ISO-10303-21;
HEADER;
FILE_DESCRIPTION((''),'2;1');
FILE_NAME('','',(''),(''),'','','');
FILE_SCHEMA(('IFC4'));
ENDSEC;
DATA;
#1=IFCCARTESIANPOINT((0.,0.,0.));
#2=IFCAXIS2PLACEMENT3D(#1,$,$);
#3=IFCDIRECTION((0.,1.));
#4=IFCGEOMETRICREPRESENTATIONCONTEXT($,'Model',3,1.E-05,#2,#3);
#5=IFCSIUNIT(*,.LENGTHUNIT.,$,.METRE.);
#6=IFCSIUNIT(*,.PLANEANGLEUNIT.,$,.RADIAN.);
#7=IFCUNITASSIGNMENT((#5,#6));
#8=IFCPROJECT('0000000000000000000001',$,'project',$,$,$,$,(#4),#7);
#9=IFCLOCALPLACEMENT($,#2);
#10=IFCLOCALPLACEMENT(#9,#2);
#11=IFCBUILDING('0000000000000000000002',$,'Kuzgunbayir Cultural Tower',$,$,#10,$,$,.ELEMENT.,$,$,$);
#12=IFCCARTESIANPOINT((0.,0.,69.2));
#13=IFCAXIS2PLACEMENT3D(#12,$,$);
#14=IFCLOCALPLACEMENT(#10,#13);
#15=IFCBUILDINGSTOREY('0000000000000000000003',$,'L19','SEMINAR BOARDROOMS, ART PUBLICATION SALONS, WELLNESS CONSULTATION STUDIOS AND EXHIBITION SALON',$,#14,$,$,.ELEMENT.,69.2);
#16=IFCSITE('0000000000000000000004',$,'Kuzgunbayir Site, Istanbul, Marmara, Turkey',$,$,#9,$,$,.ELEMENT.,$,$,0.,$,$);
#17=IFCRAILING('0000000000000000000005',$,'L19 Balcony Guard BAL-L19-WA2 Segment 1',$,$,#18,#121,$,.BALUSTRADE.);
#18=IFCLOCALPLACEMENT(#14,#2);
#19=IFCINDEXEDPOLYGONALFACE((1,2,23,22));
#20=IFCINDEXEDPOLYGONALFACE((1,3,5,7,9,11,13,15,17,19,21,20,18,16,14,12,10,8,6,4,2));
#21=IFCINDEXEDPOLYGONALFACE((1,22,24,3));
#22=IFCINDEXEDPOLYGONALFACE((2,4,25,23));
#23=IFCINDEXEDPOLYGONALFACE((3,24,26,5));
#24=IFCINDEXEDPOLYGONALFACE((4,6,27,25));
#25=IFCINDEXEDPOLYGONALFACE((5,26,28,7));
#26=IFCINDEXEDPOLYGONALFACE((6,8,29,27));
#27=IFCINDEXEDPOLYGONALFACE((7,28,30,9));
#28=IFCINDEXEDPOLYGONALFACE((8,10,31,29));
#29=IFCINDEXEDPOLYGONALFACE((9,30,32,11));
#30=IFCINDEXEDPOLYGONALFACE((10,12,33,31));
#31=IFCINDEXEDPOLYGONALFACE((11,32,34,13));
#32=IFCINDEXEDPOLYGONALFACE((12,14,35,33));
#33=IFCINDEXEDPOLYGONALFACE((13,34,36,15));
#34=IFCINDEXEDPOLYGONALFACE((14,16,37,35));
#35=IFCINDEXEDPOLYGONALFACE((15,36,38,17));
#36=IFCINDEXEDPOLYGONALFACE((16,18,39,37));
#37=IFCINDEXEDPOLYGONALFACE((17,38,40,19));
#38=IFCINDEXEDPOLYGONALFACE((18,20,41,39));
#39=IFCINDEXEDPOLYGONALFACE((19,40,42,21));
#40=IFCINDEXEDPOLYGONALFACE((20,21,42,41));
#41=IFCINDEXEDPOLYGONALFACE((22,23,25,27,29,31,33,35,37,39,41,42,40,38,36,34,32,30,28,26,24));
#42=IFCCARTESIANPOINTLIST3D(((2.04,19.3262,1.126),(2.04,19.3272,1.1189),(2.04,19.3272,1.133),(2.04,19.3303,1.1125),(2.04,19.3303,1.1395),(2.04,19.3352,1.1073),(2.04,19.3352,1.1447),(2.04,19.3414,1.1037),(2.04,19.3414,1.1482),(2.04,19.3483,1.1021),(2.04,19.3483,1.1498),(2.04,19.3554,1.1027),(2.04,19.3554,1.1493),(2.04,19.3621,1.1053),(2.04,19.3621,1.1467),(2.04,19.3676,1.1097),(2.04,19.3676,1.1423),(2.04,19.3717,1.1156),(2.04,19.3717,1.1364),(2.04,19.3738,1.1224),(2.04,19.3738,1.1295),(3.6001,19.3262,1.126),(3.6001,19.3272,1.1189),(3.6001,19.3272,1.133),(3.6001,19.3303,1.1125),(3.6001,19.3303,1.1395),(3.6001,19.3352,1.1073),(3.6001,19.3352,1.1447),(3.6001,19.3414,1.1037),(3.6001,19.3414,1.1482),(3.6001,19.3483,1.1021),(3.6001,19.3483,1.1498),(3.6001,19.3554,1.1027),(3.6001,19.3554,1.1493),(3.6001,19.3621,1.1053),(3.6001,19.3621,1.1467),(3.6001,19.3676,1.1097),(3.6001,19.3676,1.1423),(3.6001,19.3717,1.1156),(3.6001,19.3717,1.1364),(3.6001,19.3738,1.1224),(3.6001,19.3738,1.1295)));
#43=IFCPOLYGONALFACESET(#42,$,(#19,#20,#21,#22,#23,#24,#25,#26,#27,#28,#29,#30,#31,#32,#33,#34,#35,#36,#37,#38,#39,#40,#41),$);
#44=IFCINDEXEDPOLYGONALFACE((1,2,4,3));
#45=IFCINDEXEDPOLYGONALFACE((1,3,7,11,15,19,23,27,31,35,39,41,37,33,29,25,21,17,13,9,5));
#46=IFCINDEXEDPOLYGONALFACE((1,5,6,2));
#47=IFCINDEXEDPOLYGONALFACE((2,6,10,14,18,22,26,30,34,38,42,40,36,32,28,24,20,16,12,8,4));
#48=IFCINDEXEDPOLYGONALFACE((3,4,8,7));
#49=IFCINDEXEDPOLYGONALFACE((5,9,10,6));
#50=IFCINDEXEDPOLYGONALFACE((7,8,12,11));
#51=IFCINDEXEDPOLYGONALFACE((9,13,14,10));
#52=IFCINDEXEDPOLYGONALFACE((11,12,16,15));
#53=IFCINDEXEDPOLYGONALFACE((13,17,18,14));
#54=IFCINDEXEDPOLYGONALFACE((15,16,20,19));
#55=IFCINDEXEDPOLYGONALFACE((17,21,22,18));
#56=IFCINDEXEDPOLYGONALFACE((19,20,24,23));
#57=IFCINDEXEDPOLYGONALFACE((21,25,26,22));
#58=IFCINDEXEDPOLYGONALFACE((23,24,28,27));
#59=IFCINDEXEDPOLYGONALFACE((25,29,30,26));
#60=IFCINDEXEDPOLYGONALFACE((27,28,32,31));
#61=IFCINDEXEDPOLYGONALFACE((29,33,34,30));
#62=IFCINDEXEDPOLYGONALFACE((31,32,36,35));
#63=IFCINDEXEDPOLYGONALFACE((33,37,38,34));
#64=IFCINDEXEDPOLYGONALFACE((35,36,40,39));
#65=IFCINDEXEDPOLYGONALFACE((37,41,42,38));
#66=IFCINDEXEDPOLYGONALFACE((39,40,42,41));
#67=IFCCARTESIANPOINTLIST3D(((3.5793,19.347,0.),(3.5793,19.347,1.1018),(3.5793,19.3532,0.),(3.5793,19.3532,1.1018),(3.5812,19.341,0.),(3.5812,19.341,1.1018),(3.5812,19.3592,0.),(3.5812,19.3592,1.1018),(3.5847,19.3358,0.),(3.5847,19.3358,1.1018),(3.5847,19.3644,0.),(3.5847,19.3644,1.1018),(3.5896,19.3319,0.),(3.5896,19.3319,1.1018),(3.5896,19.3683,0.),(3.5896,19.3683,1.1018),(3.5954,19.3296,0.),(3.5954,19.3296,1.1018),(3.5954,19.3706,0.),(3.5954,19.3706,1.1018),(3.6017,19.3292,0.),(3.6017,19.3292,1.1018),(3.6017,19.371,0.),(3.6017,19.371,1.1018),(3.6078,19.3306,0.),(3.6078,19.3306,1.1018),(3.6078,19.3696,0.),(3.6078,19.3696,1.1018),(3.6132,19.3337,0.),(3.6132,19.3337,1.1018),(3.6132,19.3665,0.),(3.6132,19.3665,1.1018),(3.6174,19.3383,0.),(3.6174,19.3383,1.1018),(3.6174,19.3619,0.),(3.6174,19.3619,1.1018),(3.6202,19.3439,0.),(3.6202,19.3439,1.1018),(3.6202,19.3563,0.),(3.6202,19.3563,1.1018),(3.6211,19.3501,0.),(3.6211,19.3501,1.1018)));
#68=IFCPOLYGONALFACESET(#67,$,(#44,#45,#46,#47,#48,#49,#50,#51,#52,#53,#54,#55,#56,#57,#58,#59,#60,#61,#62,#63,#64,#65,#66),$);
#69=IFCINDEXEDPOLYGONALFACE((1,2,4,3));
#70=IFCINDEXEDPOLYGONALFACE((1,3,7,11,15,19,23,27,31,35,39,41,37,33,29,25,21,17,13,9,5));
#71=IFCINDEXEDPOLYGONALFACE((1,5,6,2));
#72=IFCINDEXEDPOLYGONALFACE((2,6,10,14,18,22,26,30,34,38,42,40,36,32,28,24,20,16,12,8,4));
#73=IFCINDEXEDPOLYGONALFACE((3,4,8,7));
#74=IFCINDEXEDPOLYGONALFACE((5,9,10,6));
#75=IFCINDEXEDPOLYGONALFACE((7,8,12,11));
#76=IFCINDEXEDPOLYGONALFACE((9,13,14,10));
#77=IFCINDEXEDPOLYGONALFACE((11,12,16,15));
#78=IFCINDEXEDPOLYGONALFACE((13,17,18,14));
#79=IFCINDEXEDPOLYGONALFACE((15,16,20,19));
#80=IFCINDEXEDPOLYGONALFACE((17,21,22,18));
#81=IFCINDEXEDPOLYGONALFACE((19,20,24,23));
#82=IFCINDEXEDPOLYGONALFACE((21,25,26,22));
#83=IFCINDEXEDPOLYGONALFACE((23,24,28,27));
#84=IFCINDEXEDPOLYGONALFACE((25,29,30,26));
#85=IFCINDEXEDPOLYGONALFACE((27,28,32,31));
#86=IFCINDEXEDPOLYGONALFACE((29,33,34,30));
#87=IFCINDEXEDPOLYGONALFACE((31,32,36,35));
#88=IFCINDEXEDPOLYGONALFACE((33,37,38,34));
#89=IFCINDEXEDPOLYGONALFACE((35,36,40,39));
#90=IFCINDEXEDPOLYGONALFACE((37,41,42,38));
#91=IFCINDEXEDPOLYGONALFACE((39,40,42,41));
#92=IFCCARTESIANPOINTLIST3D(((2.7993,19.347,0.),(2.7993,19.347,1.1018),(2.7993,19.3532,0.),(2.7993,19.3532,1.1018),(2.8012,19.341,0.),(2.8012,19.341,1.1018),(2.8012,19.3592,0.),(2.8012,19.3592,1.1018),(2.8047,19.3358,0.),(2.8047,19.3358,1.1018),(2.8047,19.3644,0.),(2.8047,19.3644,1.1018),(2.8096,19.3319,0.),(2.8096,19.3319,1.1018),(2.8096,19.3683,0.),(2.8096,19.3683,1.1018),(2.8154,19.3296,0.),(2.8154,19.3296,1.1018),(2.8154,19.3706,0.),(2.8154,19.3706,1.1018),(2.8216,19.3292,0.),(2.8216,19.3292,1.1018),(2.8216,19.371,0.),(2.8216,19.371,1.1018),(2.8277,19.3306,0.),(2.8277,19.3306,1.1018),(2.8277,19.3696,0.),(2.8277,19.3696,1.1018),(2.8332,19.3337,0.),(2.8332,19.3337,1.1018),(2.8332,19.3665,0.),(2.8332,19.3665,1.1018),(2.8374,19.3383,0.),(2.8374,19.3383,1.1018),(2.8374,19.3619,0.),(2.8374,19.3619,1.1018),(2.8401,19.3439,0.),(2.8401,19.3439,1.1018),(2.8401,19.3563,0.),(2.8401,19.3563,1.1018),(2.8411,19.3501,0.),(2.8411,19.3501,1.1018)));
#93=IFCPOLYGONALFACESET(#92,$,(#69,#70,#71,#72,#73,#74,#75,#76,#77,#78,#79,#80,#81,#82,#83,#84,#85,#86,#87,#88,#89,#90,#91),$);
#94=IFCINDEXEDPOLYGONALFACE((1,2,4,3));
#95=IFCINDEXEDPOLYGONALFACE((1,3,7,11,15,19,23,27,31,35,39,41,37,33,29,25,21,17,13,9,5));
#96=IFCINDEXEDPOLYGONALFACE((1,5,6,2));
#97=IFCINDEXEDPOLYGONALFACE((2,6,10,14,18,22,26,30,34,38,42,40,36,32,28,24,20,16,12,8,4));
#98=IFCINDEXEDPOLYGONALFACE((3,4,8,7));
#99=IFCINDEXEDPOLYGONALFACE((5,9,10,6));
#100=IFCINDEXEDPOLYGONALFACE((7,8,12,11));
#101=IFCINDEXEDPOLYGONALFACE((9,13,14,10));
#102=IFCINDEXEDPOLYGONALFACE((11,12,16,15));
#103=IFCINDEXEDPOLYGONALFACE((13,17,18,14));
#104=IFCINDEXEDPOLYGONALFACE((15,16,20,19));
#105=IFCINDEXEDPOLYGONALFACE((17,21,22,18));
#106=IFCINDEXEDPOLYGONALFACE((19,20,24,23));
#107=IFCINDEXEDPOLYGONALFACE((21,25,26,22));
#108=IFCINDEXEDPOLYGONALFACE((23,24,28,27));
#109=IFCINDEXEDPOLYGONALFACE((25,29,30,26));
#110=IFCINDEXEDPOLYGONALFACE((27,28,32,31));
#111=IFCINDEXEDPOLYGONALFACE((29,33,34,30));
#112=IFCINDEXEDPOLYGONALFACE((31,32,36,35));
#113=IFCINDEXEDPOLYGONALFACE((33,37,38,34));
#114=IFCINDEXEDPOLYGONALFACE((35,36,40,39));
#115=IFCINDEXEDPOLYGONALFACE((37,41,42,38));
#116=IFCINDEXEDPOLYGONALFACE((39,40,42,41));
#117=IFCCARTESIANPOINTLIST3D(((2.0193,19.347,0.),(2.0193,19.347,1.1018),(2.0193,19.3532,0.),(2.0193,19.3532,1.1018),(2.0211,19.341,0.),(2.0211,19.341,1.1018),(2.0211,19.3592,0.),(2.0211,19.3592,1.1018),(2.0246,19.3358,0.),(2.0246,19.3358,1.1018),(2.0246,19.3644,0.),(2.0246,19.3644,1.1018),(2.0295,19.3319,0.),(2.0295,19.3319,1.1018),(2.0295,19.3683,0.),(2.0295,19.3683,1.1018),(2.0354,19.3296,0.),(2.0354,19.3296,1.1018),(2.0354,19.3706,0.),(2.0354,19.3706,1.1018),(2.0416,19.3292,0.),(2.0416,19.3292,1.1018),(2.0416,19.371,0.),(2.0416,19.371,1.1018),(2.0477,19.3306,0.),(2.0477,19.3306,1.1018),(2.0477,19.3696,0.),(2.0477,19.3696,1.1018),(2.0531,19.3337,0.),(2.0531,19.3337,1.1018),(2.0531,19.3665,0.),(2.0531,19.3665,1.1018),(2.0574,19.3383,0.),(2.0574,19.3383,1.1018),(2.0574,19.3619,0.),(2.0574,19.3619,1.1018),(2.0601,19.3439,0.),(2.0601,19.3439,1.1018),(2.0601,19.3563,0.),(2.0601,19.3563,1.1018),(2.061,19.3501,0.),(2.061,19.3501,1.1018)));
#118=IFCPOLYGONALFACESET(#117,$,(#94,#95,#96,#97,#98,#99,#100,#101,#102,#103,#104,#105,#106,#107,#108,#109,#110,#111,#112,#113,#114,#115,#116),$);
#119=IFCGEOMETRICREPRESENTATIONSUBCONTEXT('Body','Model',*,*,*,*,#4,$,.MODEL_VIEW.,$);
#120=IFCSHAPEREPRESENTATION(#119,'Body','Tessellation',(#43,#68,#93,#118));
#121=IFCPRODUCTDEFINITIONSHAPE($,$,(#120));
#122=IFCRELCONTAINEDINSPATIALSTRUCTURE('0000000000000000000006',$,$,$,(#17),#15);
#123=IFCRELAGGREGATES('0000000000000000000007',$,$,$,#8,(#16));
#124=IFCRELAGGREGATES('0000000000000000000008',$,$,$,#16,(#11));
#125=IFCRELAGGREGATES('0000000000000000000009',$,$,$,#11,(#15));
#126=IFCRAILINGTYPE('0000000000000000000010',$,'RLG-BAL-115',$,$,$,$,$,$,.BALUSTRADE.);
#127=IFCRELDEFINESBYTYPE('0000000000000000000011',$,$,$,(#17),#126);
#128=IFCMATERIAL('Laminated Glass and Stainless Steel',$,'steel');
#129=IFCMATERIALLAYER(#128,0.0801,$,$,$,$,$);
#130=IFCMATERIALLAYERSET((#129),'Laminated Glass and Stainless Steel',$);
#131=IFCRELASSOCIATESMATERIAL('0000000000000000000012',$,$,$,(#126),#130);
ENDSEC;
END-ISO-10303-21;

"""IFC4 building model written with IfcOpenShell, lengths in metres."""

from ifc_helpers import new_model, si_unit, direction, frame, origin, origin_2d, place, context, subcontext, project, spatial, circle, extrude, material, layer, layer_set, type_object, element, save


model = new_model("IFC4")

# Units and contexts
model_context = context("Model", 3, precision=1e-05, world=origin(), true_north=direction((0.0, 1.0)))
body_context = subcontext(model_context, "Body", "Model", "MODEL_VIEW")
ifc_project = project(units=[si_unit("LENGTHUNIT", "METRE"), si_unit("PLANEANGLEUNIT", "RADIAN")], contexts=[model_context])

# Site, building, storey
site_placement = place(None, origin())
site = spatial("IfcSite", under=ifc_project, at=site_placement, Name="Kuzgunbayir Site, Istanbul, Marmara, Turkey", CompositionType="ELEMENT", RefElevation=0.0)
building_placement = place(site_placement, origin())
building = spatial("IfcBuilding", under=site, at=building_placement, Name="Kuzgunbayir Cultural Tower", CompositionType="ELEMENT")
storey_placement = place(building_placement, frame((0.0, 0.0, 69.2)))
storey = spatial("IfcBuildingStorey", under=building, at=storey_placement, Name="L19", Description="SEMINAR BOARDROOMS, ART PUBLICATION SALONS, WELLNESS CONSULTATION STUDIOS AND EXHIBITION SALON", CompositionType="ELEMENT", Elevation=69.2)

# Railing
ifc_material_1 = material(Name="Laminated Glass and Stainless Steel", Category="steel")
ifc_layer_1 = layer(ifc_material_1, 0.0801)
ifc_layer_set_1 = layer_set([ifc_layer_1], Name="Laminated Glass and Stainless Steel")
railing_type = type_object("IfcRailingType", Name="RLG-BAL-115", PredefinedType="BALUSTRADE", material=ifc_layer_set_1)
railing_1_placement = place(storey_placement, frame((3.6001, 19.3501, 0.0)))
element("IfcRailing", 1, at=railing_1_placement, inside=storey, type_object=railing_type, Name="L19 Balcony Guard BAL-L19-WA2 Segment 1", PredefinedType="BALUSTRADE", context=body_context, shape_type="SweptSolid", body=[
    extrude(circle(Radius=0.0239, at=origin_2d()), frame((0.0, 0.0, 1.126), z_axis=(-1.0, 0.0, 0.0), x_axis=(0.0, -1.0, 0.0)), (0.0, 0.0, 1.0), 1.5601),
    extrude(circle(Radius=0.021, at=origin_2d()), origin(), (0.0, 0.0, 1.0), 1.1018),
    extrude(circle(Radius=0.021, at=origin_2d()), frame((-0.78, 0.0, 0.0)), (0.0, 0.0, 1.0), 1.1018),
    extrude(circle(Radius=0.021, at=origin_2d()), frame((-1.5601, 0.0, 0.0)), (0.0, 0.0, 1.0), 1.1018),
])

save(model, "model.ifc")
